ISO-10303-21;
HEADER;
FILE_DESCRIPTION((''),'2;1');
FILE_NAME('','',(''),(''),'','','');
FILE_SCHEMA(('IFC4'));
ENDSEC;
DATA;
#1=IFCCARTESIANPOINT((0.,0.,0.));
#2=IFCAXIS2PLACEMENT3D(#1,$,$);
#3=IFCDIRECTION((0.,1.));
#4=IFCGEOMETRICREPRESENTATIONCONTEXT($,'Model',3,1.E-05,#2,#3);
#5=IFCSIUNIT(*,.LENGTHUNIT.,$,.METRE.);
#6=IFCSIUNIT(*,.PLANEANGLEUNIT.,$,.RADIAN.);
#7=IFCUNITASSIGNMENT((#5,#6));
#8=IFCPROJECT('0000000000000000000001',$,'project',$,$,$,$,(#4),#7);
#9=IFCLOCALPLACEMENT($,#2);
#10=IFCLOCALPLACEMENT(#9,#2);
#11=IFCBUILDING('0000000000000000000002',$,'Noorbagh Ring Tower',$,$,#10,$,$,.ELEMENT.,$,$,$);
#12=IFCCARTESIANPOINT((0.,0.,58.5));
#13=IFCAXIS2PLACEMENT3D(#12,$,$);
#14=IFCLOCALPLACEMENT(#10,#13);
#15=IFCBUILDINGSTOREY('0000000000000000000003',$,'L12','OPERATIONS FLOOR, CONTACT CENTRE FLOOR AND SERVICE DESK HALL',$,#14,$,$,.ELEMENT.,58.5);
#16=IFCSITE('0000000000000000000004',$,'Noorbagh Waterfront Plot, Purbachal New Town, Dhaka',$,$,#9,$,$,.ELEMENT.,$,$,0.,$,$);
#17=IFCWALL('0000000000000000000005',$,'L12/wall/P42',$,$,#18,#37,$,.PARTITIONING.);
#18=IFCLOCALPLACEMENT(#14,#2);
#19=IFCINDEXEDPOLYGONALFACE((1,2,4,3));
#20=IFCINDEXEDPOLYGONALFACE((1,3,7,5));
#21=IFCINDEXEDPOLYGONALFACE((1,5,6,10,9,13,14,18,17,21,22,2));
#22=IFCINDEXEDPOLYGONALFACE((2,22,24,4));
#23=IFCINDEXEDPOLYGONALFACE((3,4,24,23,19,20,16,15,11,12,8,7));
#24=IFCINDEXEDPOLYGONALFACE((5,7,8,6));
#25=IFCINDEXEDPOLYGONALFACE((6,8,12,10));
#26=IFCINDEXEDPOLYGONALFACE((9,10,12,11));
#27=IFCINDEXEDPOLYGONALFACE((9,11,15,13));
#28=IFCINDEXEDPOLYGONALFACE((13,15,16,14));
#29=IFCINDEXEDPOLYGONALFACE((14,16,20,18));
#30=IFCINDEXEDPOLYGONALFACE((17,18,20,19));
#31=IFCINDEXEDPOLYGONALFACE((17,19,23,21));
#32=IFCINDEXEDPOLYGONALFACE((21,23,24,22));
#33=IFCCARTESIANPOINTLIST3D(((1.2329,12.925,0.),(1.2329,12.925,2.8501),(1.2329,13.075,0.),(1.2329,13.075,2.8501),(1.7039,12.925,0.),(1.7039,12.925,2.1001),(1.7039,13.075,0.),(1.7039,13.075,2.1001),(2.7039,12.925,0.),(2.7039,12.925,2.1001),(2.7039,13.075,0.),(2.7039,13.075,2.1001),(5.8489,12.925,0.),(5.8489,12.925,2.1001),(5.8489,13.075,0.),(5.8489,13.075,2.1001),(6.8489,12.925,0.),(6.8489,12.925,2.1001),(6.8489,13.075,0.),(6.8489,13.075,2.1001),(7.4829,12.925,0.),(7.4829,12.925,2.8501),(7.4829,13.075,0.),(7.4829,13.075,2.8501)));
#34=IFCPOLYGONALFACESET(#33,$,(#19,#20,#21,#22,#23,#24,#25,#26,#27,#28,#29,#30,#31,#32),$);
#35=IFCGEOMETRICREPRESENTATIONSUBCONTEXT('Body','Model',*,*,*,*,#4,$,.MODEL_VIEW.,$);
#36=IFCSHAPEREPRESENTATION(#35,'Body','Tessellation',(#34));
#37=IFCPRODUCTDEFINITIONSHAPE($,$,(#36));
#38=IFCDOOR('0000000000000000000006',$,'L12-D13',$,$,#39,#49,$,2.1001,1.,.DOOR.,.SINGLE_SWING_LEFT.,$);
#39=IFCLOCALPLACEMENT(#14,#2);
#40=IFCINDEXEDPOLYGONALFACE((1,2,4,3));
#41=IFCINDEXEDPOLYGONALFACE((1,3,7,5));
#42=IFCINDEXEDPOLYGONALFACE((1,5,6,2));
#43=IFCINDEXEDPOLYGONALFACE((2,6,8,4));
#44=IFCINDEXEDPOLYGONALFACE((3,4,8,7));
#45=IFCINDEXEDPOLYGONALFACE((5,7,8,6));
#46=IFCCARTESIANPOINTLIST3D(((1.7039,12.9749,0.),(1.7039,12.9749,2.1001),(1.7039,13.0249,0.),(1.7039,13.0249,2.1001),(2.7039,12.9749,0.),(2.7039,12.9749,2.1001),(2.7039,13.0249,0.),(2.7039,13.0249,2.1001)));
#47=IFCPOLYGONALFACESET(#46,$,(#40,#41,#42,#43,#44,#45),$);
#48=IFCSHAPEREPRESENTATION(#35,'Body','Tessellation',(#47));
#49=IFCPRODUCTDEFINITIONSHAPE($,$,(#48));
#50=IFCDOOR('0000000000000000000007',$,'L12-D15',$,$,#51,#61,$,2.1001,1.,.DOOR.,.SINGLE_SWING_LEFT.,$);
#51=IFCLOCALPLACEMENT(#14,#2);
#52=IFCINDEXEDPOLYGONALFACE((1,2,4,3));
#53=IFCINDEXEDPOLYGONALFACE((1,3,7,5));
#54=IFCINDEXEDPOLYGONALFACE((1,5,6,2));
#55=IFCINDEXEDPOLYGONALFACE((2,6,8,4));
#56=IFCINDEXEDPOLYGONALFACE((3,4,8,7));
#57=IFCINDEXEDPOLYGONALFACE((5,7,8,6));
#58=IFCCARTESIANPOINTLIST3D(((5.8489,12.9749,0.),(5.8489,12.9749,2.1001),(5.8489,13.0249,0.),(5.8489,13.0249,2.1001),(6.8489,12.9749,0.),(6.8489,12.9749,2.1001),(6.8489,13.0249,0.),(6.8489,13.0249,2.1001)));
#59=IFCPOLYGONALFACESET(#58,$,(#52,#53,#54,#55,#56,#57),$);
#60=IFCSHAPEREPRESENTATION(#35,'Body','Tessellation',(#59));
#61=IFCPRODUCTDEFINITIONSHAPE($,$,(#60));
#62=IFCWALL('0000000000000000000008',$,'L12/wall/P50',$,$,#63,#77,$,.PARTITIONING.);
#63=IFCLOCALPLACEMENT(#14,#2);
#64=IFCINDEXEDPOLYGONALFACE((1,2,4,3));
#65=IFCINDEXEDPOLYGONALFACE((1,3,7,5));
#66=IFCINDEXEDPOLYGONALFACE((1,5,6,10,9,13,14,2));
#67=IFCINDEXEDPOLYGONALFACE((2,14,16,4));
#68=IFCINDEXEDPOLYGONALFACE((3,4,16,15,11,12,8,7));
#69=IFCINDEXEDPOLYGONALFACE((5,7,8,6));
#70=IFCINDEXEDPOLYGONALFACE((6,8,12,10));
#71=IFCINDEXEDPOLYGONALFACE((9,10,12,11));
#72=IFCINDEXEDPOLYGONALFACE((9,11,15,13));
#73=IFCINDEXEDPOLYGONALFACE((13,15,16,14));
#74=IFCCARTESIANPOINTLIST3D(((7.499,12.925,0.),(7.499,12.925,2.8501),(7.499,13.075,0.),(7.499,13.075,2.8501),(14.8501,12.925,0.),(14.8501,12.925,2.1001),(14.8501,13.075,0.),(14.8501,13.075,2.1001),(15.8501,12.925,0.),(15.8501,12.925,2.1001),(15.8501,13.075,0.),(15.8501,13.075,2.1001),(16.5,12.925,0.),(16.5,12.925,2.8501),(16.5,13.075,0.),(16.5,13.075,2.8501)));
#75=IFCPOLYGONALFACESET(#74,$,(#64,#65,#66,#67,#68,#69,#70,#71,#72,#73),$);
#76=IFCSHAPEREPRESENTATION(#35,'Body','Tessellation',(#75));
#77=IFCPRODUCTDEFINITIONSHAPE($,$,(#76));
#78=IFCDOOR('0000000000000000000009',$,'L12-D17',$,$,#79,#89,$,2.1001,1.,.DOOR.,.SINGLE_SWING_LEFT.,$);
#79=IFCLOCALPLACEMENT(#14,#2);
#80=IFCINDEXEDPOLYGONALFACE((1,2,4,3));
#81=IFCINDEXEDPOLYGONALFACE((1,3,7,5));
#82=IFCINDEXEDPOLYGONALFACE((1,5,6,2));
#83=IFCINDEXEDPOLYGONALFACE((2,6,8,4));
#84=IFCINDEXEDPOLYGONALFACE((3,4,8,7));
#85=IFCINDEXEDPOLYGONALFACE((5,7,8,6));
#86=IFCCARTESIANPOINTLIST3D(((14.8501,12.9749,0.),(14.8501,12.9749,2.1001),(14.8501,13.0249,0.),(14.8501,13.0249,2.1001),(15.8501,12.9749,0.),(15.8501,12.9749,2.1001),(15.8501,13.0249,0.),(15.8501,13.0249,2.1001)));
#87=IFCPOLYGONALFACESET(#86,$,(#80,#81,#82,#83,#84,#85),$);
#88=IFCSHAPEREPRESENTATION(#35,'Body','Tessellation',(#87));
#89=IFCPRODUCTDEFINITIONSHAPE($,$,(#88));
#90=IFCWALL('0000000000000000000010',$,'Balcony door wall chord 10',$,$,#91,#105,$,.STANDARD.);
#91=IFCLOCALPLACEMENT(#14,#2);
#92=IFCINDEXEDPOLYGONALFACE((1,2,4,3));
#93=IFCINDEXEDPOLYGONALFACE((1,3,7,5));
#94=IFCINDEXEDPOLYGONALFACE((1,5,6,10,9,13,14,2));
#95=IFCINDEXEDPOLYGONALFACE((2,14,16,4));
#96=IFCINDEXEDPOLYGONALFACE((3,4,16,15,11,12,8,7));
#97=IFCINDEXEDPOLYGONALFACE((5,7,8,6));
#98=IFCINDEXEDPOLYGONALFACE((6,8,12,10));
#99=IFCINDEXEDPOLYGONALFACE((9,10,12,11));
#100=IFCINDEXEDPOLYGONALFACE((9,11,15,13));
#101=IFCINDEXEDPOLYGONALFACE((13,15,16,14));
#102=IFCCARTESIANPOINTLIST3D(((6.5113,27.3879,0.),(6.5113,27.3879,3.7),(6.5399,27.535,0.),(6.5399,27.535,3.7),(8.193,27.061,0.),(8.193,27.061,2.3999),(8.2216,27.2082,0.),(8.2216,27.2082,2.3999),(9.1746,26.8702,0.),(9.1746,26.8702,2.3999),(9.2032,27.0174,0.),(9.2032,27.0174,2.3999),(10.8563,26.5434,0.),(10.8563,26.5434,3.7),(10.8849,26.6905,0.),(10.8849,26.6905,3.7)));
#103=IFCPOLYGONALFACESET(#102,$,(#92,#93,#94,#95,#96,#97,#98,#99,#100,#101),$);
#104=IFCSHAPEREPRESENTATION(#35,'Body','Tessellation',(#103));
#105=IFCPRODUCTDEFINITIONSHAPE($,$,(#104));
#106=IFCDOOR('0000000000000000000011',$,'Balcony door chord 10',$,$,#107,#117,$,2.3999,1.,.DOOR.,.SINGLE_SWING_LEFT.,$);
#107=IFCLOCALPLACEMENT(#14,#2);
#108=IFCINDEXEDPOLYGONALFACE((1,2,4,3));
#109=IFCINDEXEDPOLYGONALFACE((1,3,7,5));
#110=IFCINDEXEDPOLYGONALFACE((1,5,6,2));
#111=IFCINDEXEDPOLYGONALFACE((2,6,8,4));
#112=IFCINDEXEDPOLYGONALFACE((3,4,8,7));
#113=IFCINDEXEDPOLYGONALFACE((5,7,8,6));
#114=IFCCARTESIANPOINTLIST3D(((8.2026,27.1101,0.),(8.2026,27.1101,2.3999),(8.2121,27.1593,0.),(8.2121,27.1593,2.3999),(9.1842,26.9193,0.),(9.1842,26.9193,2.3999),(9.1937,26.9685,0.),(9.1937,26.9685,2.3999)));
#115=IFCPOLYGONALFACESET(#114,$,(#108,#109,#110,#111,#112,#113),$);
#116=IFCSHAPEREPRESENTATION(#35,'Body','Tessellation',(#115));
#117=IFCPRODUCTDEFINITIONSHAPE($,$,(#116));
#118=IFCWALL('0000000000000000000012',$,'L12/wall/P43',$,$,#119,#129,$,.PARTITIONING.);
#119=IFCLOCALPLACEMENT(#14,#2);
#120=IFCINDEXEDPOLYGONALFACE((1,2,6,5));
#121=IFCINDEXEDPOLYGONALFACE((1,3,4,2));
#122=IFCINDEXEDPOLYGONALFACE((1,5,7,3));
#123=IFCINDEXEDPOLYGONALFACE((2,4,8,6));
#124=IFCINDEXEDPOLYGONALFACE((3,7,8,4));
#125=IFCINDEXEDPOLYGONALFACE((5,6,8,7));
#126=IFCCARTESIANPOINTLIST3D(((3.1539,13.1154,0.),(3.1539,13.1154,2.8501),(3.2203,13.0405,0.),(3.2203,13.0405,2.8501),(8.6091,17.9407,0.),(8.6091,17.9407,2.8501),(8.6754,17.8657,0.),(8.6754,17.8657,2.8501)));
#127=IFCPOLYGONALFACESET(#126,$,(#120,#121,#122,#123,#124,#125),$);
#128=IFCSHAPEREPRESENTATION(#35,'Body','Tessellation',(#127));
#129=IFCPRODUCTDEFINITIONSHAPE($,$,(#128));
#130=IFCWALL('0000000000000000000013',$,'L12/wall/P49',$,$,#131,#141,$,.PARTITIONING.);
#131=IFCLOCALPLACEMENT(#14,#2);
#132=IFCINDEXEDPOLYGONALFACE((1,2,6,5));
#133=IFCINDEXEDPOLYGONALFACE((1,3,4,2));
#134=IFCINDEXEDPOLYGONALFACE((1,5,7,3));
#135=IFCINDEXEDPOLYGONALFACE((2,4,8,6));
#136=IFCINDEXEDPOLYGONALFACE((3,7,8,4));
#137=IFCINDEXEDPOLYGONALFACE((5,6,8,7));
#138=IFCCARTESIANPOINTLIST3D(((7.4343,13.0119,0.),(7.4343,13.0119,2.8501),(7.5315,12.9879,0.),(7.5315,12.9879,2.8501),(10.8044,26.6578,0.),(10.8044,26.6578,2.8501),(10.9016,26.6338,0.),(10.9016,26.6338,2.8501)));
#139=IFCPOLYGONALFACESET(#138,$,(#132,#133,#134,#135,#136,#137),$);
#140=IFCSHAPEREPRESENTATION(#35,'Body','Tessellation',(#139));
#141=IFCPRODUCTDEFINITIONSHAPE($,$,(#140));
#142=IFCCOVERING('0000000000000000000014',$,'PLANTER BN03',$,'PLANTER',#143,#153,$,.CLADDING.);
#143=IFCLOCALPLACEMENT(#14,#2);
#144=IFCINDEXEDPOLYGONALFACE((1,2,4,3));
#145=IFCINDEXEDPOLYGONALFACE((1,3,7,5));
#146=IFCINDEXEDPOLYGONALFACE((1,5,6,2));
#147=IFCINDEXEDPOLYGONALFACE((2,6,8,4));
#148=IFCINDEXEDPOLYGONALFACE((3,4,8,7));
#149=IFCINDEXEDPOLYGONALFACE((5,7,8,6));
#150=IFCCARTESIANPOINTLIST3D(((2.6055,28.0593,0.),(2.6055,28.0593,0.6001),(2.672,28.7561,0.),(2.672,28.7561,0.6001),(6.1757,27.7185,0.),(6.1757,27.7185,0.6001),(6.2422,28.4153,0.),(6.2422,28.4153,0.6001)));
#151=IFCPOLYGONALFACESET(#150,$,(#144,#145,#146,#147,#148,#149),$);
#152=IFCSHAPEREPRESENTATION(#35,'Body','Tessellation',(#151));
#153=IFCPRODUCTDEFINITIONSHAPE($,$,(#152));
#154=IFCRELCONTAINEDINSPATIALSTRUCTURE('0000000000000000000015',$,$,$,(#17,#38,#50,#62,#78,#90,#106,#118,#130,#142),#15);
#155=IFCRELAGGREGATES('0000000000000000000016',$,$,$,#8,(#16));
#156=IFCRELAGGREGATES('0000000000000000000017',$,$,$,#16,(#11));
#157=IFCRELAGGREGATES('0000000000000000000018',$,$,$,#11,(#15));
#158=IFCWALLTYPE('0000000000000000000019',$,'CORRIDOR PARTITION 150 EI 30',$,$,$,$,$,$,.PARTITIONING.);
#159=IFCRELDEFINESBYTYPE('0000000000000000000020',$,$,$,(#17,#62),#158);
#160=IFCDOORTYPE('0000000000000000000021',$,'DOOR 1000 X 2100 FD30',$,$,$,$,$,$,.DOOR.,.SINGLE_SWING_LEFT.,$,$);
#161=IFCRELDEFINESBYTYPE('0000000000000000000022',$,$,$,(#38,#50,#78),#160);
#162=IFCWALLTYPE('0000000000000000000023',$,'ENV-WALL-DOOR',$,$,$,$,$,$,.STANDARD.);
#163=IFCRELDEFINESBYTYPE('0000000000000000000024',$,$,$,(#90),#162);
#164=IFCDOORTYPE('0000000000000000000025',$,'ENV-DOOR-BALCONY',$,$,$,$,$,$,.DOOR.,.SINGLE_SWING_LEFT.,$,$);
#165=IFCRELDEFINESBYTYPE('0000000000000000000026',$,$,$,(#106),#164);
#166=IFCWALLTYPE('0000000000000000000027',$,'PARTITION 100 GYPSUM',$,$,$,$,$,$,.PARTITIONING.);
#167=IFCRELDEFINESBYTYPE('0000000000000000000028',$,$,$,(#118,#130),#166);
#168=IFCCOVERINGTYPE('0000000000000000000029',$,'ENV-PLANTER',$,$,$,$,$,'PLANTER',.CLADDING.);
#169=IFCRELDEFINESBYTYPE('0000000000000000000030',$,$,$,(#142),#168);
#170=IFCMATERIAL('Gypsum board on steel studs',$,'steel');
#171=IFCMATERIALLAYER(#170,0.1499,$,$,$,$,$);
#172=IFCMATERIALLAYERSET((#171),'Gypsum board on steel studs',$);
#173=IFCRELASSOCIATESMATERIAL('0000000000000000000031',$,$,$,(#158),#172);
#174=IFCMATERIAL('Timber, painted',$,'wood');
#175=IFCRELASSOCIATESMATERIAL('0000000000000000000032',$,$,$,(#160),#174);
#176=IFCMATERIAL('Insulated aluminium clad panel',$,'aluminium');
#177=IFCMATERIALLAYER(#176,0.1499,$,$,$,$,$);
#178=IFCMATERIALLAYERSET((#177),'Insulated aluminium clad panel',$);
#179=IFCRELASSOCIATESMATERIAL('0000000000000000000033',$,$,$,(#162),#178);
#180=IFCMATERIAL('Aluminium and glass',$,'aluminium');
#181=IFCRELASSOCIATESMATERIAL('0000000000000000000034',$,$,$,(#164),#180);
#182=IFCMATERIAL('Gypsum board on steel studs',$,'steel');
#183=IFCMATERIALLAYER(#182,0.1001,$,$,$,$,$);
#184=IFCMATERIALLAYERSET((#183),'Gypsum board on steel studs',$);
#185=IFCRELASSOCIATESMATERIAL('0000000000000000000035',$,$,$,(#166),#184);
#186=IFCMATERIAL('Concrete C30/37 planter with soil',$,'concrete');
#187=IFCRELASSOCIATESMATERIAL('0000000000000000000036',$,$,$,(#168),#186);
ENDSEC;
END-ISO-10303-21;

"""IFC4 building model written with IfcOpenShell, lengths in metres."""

from ifc_helpers import new_model, si_unit, direction, frame, frame_2d, origin, origin_2d, place, context, subcontext, project, spatial, rectangle, extrude, material, layer, layer_set, type_object, element, fill, save


model = new_model("IFC4")

# Units and contexts
model_context = context("Model", 3, precision=1e-05, world=origin(), true_north=direction((0.0, 1.0)))
body_context = subcontext(model_context, "Body", "Model", "MODEL_VIEW")
ifc_project = project(units=[si_unit("LENGTHUNIT", "METRE"), si_unit("PLANEANGLEUNIT", "RADIAN")], contexts=[model_context])

# Site, building, storey
site_placement = place(None, origin())
site = spatial("IfcSite", under=ifc_project, at=site_placement, Name="Noorbagh Waterfront Plot, Purbachal New Town, Dhaka", CompositionType="ELEMENT", RefElevation=0.0)
building_placement = place(site_placement, origin())
building = spatial("IfcBuilding", under=site, at=building_placement, Name="Noorbagh Ring Tower", CompositionType="ELEMENT")
storey_placement = place(building_placement, frame((0.0, 0.0, 58.5)))
storey = spatial("IfcBuildingStorey", under=building, at=storey_placement, Name="L12", Description="OPERATIONS FLOOR, CONTACT CENTRE FLOOR AND SERVICE DESK HALL", CompositionType="ELEMENT", Elevation=58.5)

# Wall, openings, doors
ifc_material_1 = material(Name="Gypsum board on steel studs", Category="steel")
ifc_layer_1 = layer(ifc_material_1, 0.1499)
ifc_layer_set_1 = layer_set([ifc_layer_1], Name="Gypsum board on steel studs")
wall_type_1 = type_object("IfcWallType", Name="CORRIDOR PARTITION 150 EI 30", PredefinedType="PARTITIONING", material=ifc_layer_set_1)
wall_1_placement = place(storey_placement, frame((1.2329, 13.0, 0.0), z_axis=(0.0, 0.0, 1.0), x_axis=(1.0, 0.0, 0.0)))
wall_1 = element("IfcWall", 1, at=wall_1_placement, inside=storey, type_object=wall_type_1, Name="L12/wall/P42", PredefinedType="PARTITIONING", context=body_context, shape_type="SweptSolid", body=[
    extrude(rectangle(XDim=6.25, YDim=0.1499, at=frame_2d((3.125, 0.0))), origin(), (0.0, 0.0, 1.0), 2.8501),
])
opening_1_placement = place(wall_1_placement, frame((0.4709, 0.0, 0.0)))
opening_1 = element("IfcOpeningElement", 2, at=opening_1_placement, cuts=wall_1, PredefinedType="OPENING", context=body_context, shape_type="SweptSolid", body=[
    extrude(rectangle(XDim=1.0, YDim=2.1001, at=frame_2d((0.5, 1.05))), frame((0.0, 0.085, 0.0), z_axis=(0.0, -1.0, 0.0), x_axis=(1.0, 0.0, 0.0)), (0.0, 0.0, 1.0), 0.1699),
])
opening_2_placement = place(wall_1_placement, frame((4.616, 0.0, 0.0)))
opening_2 = element("IfcOpeningElement", 3, at=opening_2_placement, cuts=wall_1, PredefinedType="OPENING", context=body_context, shape_type="SweptSolid", body=[
    extrude(rectangle(XDim=1.0, YDim=2.1001, at=frame_2d((0.5, 1.05))), frame((0.0, 0.085, 0.0), z_axis=(0.0, -1.0, 0.0), x_axis=(1.0, 0.0, 0.0)), (0.0, 0.0, 1.0), 0.1699),
])
ifc_material_2 = material(Name="Timber, painted", Category="wood")
door_type_1 = type_object("IfcDoorType", Name="DOOR 1000 X 2100 FD30", OperationType="SINGLE_SWING_LEFT", PredefinedType="DOOR", material=ifc_material_2)
door_1_placement = place(opening_1_placement, origin())
door_1 = element("IfcDoor", 4, at=door_1_placement, inside=storey, type_object=door_type_1, Name="L12-D13", OperationType="SINGLE_SWING_LEFT", OverallHeight=2.1001, OverallWidth=1.0, PredefinedType="DOOR", context=body_context, shape_type="SweptSolid", body=[
    extrude(rectangle(XDim=1.0, YDim=2.1001, at=frame_2d((0.5, 1.05))), frame((0.0, 0.0249, 0.0), z_axis=(0.0, -1.0, 0.0), x_axis=(1.0, 0.0, 0.0)), (0.0, 0.0, 1.0), 0.05),
])
fill(opening_1, door_1)
door_2_placement = place(opening_2_placement, origin())
door_2 = element("IfcDoor", 5, at=door_2_placement, inside=storey, type_object=door_type_1, Name="L12-D15", OperationType="SINGLE_SWING_LEFT", OverallHeight=2.1001, OverallWidth=1.0, PredefinedType="DOOR", context=body_context, shape_type="SweptSolid", body=[
    extrude(rectangle(XDim=1.0, YDim=2.1001, at=frame_2d((0.5, 1.05))), frame((0.0, 0.0249, 0.0), z_axis=(0.0, -1.0, 0.0), x_axis=(1.0, 0.0, 0.0)), (0.0, 0.0, 1.0), 0.05),
])
fill(opening_2, door_2)

# Walls, openings, doors
wall_2_placement = place(storey_placement, frame((7.499, 13.0, 0.0), z_axis=(0.0, 0.0, 1.0), x_axis=(1.0, 0.0, 0.0)))
wall_2 = element("IfcWall", 6, at=wall_2_placement, inside=storey, type_object=wall_type_1, Name="L12/wall/P50", PredefinedType="PARTITIONING", context=body_context, shape_type="SweptSolid", body=[
    extrude(rectangle(XDim=9.001, YDim=0.1499, at=frame_2d((4.5005, 0.0))), origin(), (0.0, 0.0, 1.0), 2.8501),
])
opening_3_placement = place(wall_2_placement, frame((7.3511, 0.0, 0.0)))
opening_3 = element("IfcOpeningElement", 7, at=opening_3_placement, cuts=wall_2, PredefinedType="OPENING", context=body_context, shape_type="SweptSolid", body=[
    extrude(rectangle(XDim=1.0, YDim=2.1001, at=frame_2d((0.5, 1.05))), frame((0.0, 0.085, 0.0), z_axis=(0.0, -1.0, 0.0), x_axis=(1.0, 0.0, 0.0)), (0.0, 0.0, 1.0), 0.1699),
])
door_3_placement = place(opening_3_placement, origin())
door_3 = element("IfcDoor", 8, at=door_3_placement, inside=storey, type_object=door_type_1, Name="L12-D17", OperationType="SINGLE_SWING_LEFT", OverallHeight=2.1001, OverallWidth=1.0, PredefinedType="DOOR", context=body_context, shape_type="SweptSolid", body=[
    extrude(rectangle(XDim=1.0, YDim=2.1001, at=frame_2d((0.5, 1.05))), frame((0.0, 0.0249, 0.0), z_axis=(0.0, -1.0, 0.0), x_axis=(1.0, 0.0, 0.0)), (0.0, 0.0, 1.0), 0.05),
])
fill(opening_3, door_3)
ifc_material_3 = material(Name="Insulated aluminium clad panel", Category="aluminium")
ifc_layer_2 = layer(ifc_material_3, 0.1499)
ifc_layer_set_2 = layer_set([ifc_layer_2], Name="Insulated aluminium clad panel")
wall_type_2 = type_object("IfcWallType", Name="ENV-WALL-DOOR", PredefinedType="STANDARD", material=ifc_layer_set_2)
wall_3_placement = place(storey_placement, frame((10.8706, 26.6169, 0.0), z_axis=(0.0, 0.0, 1.0), x_axis=(-0.981631, 0.190788, 0.0)))
wall_3 = element("IfcWall", 9, at=wall_3_placement, inside=storey, type_object=wall_type_2, Name="Balcony door wall chord 10", PredefinedType="STANDARD", context=body_context, shape_type="SweptSolid", body=[
    extrude(rectangle(XDim=4.4263, YDim=0.1499, at=frame_2d((2.2131, 0.0))), origin(), (0.0, 0.0, 1.0), 3.7),
])
opening_4_placement = place(wall_3_placement, frame((1.7131, 0.0, 0.0)))
opening_4 = element("IfcOpeningElement", 10, at=opening_4_placement, cuts=wall_3, PredefinedType="OPENING", context=body_context, shape_type="SweptSolid", body=[
    extrude(rectangle(XDim=1.0, YDim=2.3999, at=frame_2d((0.5, 1.2))), frame((0.0, 0.085, 0.0), z_axis=(0.0, -1.0, 0.0), x_axis=(1.0, 0.0, 0.0)), (0.0, 0.0, 1.0), 0.1699),
])
ifc_material_4 = material(Name="Aluminium and glass", Category="aluminium")
door_type_2 = type_object("IfcDoorType", Name="ENV-DOOR-BALCONY", OperationType="SINGLE_SWING_LEFT", PredefinedType="DOOR", material=ifc_material_4)
door_4_placement = place(opening_4_placement, origin())
door_4 = element("IfcDoor", 11, at=door_4_placement, inside=storey, type_object=door_type_2, Name="Balcony door chord 10", OperationType="SINGLE_SWING_LEFT", OverallHeight=2.3999, OverallWidth=1.0, PredefinedType="DOOR", context=body_context, shape_type="SweptSolid", body=[
    extrude(rectangle(XDim=1.0, YDim=2.3999, at=frame_2d((0.5, 1.2))), frame((0.0, 0.0249, 0.0), z_axis=(0.0, -1.0, 0.0), x_axis=(1.0, 0.0, 0.0)), (0.0, 0.0, 1.0), 0.05),
])
fill(opening_4, door_4)

# Walls
ifc_material_5 = material(Name="Gypsum board on steel studs", Category="steel")
ifc_layer_3 = layer(ifc_material_5, 0.1001)
ifc_layer_set_3 = layer_set([ifc_layer_3], Name="Gypsum board on steel studs")
wall_type_3 = type_object("IfcWallType", Name="PARTITION 100 GYPSUM", PredefinedType="PARTITIONING", material=ifc_layer_set_3)
wall_4_placement = place(storey_placement, frame((3.187, 13.0779, 0.0), z_axis=(0.0, 0.0, 1.0), x_axis=(0.749027, 0.662539, 0.0)))
element("IfcWall", 12, at=wall_4_placement, inside=storey, type_object=wall_type_3, Name="L12/wall/P43", PredefinedType="PARTITIONING", context=body_context, shape_type="SweptSolid", body=[
    extrude(rectangle(XDim=7.283, YDim=0.1001, at=frame_2d((3.6416, 0.0))), origin(), (0.0, 0.0, 1.0), 2.8501),
])
wall_5_placement = place(storey_placement, frame((7.4829, 13.0, 0.0), z_axis=(0.0, 0.0, 1.0), x_axis=(0.239764, 0.970831, 0.0)))
element("IfcWall", 13, at=wall_5_placement, inside=storey, type_object=wall_type_3, Name="L12/wall/P49", PredefinedType="PARTITIONING", context=body_context, shape_type="SweptSolid", body=[
    extrude(rectangle(XDim=14.0559, YDim=0.1001, at=frame_2d((7.0278, 0.0))), origin(), (0.0, 0.0, 1.0), 2.8501),
])

# Covering
ifc_material_6 = material(Name="Concrete C30/37 planter with soil", Category="concrete")
covering_type = type_object("IfcCoveringType", Name="ENV-PLANTER", ElementType="PLANTER", PredefinedType="CLADDING", material=ifc_material_6)
covering_placement = place(storey_placement, frame((4.4238, 28.2373, 0.0), z_axis=(0.0, 0.0, 1.0), x_axis=(-0.995476, 0.095008, 0.0)))
element("IfcCovering", 14, at=covering_placement, inside=storey, type_object=covering_type, Name="PLANTER BN03", ObjectType="PLANTER", PredefinedType="CLADDING", context=body_context, shape_type="SweptSolid", body=[
    extrude(rectangle(XDim=3.5864, YDim=0.7, at=origin_2d()), origin(), (0.0, 0.0, 1.0), 0.6001),
])

save(model, "model.ifc")
